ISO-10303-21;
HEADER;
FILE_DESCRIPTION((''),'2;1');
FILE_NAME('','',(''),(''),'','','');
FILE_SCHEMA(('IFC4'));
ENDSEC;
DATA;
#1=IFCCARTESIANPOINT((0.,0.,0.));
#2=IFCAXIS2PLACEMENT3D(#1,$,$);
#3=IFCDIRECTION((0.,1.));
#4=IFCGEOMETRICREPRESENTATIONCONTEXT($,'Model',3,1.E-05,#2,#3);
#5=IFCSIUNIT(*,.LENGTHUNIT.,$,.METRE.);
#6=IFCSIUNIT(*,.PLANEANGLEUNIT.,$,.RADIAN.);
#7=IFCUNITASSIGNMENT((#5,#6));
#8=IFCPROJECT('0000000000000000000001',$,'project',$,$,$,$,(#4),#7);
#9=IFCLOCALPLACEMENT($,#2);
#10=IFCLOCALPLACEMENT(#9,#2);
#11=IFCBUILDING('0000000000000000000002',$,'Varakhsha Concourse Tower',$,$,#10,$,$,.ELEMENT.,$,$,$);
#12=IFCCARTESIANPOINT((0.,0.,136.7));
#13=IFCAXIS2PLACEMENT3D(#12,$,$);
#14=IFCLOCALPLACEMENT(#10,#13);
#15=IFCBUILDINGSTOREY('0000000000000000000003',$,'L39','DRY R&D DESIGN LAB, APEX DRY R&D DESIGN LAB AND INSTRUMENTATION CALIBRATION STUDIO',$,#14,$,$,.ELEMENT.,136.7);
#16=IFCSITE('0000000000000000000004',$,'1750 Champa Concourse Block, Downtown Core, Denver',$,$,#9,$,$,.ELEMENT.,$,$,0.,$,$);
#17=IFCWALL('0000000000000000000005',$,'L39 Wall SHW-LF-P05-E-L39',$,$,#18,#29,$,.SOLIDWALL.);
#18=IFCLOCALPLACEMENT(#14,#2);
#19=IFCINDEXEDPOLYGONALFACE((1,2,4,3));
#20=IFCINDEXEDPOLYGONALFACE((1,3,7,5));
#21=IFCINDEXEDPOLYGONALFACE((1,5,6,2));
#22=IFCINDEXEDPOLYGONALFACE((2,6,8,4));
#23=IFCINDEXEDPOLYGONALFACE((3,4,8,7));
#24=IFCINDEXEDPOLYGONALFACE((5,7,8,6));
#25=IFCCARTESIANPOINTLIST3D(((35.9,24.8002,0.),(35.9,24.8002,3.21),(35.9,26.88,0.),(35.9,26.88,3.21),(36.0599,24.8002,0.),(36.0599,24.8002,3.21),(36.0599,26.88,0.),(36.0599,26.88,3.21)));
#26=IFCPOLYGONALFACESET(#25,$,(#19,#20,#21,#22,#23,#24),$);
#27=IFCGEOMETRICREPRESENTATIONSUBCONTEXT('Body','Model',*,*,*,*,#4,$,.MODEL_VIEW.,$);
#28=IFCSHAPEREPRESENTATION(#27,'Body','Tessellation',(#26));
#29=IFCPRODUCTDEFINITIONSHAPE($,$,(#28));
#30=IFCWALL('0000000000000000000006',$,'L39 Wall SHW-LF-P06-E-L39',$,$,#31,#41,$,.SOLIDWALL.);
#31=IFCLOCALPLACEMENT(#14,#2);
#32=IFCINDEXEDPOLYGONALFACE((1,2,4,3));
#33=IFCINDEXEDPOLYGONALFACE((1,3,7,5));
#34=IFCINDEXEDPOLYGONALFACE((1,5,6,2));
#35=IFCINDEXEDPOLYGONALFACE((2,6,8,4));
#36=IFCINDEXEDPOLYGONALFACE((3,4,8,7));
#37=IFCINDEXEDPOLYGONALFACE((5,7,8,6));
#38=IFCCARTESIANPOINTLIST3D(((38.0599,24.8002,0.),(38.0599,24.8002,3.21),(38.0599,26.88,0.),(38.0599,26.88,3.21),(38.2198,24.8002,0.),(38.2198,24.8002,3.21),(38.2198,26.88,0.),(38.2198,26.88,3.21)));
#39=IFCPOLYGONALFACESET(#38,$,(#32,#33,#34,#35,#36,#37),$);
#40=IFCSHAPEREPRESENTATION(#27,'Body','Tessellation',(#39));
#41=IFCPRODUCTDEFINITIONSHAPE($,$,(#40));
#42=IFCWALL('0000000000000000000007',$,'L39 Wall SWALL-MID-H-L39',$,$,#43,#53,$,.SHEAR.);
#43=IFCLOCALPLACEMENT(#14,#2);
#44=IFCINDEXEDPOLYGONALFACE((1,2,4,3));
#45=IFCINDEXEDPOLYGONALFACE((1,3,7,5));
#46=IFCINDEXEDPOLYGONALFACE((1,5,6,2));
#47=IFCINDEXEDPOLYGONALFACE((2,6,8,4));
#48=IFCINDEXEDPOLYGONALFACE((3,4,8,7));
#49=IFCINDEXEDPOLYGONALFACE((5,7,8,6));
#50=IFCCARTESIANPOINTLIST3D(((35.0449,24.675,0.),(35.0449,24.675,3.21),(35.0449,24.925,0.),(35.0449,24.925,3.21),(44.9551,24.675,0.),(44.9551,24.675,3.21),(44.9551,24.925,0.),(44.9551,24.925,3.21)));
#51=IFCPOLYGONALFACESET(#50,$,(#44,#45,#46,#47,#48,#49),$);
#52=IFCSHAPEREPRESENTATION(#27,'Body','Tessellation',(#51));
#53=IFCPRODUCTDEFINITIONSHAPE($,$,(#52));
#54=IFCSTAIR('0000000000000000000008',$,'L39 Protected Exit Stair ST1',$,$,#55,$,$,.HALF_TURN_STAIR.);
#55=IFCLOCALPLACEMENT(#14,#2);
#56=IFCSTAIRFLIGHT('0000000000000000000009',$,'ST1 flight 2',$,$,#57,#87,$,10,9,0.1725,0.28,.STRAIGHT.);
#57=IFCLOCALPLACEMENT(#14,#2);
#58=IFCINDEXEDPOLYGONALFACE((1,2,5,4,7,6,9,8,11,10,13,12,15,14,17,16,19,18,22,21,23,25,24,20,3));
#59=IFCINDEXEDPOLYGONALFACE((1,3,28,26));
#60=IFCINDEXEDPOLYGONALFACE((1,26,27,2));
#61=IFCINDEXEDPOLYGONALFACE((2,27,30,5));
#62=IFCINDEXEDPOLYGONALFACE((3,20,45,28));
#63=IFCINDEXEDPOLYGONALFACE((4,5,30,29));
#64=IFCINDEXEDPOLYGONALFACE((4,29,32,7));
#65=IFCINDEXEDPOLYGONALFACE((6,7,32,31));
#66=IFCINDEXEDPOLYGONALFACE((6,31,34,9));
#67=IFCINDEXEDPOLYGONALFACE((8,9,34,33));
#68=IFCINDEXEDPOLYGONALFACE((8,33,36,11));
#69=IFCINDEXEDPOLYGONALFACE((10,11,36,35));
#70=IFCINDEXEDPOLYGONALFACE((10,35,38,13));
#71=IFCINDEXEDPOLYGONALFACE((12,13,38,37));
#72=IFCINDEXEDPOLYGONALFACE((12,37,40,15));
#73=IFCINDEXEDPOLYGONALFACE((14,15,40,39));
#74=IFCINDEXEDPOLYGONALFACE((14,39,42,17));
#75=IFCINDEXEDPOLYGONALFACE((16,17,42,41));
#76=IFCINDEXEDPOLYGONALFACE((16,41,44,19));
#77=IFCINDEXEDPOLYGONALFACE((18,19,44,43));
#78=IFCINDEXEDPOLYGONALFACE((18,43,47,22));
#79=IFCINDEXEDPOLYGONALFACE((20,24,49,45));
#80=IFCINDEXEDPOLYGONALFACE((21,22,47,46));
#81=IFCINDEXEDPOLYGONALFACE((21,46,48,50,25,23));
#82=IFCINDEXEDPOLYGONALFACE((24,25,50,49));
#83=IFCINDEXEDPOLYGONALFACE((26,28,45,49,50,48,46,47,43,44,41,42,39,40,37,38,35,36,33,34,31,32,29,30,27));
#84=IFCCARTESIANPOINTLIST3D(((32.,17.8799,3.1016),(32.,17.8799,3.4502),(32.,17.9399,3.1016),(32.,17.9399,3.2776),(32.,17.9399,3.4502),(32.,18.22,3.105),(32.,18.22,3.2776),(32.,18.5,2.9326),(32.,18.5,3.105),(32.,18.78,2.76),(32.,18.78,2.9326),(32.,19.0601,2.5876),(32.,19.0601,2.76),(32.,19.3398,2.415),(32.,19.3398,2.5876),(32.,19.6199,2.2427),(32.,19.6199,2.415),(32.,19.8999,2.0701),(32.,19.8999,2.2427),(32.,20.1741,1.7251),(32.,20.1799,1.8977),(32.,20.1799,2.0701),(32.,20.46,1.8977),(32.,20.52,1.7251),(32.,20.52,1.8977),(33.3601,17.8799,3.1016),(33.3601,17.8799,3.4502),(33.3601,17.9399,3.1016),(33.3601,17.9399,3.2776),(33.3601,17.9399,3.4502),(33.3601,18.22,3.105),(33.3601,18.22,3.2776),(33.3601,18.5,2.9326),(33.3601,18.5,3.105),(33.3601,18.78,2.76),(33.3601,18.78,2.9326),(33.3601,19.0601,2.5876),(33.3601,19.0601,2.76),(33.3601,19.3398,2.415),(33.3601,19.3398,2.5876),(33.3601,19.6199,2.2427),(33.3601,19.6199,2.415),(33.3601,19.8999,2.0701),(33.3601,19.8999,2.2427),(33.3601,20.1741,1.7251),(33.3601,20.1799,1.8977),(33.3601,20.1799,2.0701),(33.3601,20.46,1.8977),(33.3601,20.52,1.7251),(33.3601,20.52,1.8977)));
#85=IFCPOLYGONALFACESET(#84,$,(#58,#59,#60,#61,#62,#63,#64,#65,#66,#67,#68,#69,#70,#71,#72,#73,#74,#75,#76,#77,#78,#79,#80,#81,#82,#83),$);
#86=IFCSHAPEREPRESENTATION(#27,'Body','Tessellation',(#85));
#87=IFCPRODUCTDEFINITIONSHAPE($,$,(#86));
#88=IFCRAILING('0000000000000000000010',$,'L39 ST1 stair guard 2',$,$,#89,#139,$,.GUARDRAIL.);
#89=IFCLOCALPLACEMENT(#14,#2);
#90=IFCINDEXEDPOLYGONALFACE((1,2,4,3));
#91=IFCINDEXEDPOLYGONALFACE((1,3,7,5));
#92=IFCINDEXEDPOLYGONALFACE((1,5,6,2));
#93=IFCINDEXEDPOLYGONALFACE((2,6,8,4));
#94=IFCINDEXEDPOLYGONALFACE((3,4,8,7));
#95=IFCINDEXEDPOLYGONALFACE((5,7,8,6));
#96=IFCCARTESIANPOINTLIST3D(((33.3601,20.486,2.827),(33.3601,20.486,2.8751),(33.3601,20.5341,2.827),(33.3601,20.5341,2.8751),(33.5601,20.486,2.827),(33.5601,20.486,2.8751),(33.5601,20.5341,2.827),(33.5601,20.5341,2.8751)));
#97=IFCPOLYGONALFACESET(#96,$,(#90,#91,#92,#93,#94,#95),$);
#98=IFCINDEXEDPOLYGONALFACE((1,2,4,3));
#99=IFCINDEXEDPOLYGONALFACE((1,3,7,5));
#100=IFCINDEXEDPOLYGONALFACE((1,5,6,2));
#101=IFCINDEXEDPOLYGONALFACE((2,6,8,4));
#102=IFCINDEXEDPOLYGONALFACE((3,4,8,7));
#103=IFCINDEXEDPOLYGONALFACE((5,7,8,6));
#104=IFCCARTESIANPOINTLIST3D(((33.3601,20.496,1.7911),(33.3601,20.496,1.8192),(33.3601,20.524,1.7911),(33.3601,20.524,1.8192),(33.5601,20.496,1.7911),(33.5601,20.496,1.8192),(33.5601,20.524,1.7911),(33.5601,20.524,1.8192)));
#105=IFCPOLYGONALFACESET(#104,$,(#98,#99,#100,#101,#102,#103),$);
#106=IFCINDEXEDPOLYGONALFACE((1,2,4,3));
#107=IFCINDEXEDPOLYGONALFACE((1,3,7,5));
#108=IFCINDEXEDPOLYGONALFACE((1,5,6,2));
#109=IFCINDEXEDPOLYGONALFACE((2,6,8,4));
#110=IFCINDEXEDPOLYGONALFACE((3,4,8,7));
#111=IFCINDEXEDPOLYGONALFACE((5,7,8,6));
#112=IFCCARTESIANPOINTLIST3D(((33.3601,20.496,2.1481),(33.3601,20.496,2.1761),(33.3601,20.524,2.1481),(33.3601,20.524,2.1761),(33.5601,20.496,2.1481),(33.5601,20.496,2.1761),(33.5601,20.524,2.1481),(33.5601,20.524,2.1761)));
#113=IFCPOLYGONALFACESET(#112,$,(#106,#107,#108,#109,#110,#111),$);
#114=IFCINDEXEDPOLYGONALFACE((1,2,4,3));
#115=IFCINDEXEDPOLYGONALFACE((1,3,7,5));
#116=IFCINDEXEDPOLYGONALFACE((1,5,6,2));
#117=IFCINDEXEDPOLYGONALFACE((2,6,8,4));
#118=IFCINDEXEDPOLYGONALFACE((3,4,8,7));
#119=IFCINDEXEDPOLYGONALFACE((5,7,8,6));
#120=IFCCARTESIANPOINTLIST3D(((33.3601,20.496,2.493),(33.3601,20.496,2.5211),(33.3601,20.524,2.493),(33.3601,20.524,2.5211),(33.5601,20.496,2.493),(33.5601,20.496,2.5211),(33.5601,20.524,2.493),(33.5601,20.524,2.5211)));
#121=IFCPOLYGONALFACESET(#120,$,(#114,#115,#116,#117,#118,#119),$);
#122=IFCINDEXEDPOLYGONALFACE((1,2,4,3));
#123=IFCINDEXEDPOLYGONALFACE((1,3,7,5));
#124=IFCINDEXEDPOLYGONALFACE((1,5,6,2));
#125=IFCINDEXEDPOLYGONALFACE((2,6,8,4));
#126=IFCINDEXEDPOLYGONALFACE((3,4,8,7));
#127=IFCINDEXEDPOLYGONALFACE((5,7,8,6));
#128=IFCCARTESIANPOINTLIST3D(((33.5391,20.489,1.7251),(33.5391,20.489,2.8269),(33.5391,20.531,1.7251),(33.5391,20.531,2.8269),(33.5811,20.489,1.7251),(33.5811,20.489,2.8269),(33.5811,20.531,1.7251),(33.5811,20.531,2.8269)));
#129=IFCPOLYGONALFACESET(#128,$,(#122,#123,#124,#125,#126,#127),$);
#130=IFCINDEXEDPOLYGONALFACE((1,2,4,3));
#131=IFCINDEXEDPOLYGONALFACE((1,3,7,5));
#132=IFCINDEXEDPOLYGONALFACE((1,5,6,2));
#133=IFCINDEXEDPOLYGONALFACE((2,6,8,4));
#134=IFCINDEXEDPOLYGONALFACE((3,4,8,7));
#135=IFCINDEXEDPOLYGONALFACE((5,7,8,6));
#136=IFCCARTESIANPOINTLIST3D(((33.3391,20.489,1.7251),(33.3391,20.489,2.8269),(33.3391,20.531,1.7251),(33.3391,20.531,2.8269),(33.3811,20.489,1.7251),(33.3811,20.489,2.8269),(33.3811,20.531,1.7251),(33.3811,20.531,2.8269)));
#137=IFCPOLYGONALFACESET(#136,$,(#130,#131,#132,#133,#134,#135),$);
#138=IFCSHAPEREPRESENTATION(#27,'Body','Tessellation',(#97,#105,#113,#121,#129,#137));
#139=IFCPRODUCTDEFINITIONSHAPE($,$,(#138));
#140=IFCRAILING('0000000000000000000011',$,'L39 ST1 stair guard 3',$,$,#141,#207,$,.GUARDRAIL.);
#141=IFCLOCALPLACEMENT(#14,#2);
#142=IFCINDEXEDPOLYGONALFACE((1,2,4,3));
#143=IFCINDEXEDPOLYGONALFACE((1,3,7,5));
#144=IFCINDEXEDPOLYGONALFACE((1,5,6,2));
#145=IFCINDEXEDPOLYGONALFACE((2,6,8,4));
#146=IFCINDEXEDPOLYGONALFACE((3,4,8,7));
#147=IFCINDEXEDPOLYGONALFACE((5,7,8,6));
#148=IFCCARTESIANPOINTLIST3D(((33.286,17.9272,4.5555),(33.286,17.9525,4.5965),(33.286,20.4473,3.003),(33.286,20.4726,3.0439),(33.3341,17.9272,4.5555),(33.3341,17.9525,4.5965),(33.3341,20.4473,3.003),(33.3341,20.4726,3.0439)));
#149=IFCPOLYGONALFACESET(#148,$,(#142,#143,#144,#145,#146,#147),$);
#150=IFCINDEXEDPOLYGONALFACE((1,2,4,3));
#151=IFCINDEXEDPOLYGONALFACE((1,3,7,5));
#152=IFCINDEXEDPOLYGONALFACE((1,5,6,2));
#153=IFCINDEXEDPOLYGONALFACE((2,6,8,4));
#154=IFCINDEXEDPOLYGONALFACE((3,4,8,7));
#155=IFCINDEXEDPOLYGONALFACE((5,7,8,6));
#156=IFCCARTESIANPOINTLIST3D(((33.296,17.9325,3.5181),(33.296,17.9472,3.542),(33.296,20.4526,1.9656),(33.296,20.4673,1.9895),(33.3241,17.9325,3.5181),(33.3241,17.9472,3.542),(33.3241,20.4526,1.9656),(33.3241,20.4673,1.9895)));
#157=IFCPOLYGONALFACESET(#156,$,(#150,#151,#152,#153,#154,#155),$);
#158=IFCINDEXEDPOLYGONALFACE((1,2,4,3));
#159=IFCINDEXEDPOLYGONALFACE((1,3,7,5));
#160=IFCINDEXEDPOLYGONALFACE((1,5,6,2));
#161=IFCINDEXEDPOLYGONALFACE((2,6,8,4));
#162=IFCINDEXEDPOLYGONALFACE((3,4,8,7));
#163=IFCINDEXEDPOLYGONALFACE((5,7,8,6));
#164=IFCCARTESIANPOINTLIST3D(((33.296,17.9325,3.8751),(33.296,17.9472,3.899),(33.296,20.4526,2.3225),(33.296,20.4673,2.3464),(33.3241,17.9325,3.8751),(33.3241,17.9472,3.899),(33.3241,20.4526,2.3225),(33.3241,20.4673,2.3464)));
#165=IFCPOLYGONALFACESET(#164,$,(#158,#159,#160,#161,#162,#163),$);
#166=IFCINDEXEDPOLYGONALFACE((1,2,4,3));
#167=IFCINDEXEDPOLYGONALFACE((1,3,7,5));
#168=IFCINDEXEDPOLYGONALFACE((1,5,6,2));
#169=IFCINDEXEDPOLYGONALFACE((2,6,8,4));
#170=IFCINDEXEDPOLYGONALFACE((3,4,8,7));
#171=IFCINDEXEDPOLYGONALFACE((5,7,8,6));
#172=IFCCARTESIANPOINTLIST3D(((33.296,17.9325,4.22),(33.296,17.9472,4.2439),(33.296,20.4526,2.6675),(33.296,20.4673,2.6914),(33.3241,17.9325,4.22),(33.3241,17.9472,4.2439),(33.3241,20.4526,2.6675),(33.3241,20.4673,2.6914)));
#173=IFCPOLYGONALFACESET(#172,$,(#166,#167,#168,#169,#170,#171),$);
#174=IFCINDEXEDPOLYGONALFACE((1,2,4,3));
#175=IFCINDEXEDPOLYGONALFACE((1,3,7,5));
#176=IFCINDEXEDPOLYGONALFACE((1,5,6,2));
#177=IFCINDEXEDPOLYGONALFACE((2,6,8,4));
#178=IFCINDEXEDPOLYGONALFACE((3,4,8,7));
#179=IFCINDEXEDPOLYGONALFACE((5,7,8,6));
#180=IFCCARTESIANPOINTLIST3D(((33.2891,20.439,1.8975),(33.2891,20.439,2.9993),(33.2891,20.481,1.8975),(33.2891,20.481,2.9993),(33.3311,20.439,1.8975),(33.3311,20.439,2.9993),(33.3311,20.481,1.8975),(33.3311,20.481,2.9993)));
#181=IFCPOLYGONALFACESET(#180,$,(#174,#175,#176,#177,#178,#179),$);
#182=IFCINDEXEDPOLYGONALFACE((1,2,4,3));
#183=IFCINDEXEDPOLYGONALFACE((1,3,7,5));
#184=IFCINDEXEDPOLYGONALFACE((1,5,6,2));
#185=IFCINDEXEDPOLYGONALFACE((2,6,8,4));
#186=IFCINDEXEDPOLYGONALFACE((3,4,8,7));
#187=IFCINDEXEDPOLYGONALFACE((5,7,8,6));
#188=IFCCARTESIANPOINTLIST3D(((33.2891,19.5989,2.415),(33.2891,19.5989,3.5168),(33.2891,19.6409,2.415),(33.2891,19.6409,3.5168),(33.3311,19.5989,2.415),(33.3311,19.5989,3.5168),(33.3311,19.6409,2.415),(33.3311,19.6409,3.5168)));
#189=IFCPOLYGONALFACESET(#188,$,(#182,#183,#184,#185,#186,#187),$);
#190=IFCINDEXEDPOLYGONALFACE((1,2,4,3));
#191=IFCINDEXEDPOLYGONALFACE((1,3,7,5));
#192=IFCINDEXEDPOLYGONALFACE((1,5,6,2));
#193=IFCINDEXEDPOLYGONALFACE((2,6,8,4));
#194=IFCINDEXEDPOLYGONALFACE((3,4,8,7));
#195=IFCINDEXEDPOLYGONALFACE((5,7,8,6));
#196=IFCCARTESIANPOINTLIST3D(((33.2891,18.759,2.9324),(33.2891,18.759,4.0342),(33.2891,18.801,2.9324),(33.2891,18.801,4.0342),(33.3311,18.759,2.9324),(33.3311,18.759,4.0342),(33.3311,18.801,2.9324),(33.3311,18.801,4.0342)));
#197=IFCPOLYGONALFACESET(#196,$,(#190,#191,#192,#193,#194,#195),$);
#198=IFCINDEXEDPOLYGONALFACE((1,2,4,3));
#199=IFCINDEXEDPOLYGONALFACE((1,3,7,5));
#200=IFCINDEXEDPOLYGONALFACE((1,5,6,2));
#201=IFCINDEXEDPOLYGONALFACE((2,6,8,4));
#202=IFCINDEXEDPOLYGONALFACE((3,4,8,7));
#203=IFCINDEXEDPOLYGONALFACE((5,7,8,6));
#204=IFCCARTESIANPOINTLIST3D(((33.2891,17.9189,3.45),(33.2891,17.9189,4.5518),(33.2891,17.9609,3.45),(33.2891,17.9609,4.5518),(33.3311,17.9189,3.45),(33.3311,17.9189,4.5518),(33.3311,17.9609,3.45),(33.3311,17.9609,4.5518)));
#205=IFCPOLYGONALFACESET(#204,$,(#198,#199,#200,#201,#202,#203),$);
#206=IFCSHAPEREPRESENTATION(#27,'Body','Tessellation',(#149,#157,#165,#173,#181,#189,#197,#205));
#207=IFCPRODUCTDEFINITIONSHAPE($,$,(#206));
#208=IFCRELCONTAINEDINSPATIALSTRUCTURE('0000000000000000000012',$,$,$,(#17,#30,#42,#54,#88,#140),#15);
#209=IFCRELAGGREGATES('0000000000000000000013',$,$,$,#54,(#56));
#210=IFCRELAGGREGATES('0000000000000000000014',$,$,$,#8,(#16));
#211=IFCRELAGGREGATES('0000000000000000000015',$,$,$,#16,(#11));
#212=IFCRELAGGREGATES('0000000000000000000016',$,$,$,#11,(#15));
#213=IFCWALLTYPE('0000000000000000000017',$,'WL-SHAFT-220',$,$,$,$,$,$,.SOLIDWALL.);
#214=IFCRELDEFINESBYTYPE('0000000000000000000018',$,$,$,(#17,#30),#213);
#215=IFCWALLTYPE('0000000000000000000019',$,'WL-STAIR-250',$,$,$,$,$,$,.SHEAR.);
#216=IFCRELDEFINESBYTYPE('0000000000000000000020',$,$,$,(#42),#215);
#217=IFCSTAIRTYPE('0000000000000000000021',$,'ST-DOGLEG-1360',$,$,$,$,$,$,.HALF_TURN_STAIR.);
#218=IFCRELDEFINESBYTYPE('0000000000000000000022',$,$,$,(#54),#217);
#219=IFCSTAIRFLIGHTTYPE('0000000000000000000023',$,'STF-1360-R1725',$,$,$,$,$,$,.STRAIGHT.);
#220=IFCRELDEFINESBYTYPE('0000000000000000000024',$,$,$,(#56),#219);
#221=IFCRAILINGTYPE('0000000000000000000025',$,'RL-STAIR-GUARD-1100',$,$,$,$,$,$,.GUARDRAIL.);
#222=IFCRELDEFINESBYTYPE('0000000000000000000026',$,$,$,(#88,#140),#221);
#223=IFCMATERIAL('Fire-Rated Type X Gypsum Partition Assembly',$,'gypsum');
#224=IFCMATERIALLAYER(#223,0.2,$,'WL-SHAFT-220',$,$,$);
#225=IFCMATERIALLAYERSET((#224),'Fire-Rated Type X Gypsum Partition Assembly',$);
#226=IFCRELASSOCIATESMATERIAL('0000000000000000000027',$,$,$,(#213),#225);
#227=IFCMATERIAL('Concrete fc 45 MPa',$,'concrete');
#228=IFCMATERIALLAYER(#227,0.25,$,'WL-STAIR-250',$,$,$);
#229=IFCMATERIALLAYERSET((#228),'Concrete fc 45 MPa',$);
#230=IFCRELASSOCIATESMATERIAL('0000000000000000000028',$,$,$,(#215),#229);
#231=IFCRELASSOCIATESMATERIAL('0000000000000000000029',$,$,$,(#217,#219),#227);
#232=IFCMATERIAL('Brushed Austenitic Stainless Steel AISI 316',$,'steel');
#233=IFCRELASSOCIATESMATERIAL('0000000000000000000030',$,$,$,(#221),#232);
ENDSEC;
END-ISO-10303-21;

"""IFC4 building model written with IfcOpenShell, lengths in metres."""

from ifc_helpers import new_model, si_unit, direction, frame, frame_2d, origin, origin_2d, place, context, subcontext, project, spatial, polyline, rectangle, outline, extrude, material, layer, layer_set, type_object, element, aggregate, save


model = new_model("IFC4")

# Units and contexts
model_context = context("Model", 3, precision=1e-05, world=origin(), true_north=direction((0.0, 1.0)))
body_context = subcontext(model_context, "Body", "Model", "MODEL_VIEW")
ifc_project = project(units=[si_unit("LENGTHUNIT", "METRE"), si_unit("PLANEANGLEUNIT", "RADIAN")], contexts=[model_context])

# Site, building, storey
site_placement = place(None, origin())
site = spatial("IfcSite", under=ifc_project, at=site_placement, Name="1750 Champa Concourse Block, Downtown Core, Denver", CompositionType="ELEMENT", RefElevation=0.0)
building_placement = place(site_placement, origin())
building = spatial("IfcBuilding", under=site, at=building_placement, Name="Varakhsha Concourse Tower", CompositionType="ELEMENT")
storey_placement = place(building_placement, frame((0.0, 0.0, 136.7)))
storey = spatial("IfcBuildingStorey", under=building, at=storey_placement, Name="L39", Description="DRY R&D DESIGN LAB, APEX DRY R&D DESIGN LAB AND INSTRUMENTATION CALIBRATION STUDIO", CompositionType="ELEMENT", Elevation=136.7)

# Shared definitions
ifc_material_1 = material(Name="Fire-Rated Type X Gypsum Partition Assembly", Category="gypsum")
ifc_layer_1 = layer(ifc_material_1, 0.2, Name="WL-SHAFT-220")
ifc_layer_set_1 = layer_set([ifc_layer_1], Name="Fire-Rated Type X Gypsum Partition Assembly")
wall_type_1 = type_object("IfcWallType", Name="WL-SHAFT-220", PredefinedType="SOLIDWALL", material=ifc_layer_set_1)
ifc_material_2 = material(Name="Brushed Austenitic Stainless Steel AISI 316", Category="steel")

# Walls
for number, where, z_axis, x_axis, name in (
    (1, (35.98, 24.8, 0.0), (0.0, 0.0, 1.0), (0.0, 1.0, 0.0), "L39 Wall SHW-LF-P05-E-L39"),
    (2, (38.1399, 24.8, 0.0), (0.0, 0.0, 1.0), (0.0, 1.0, 0.0), "L39 Wall SHW-LF-P06-E-L39"),
):
    element("IfcWall", number, at=place(storey_placement, frame(where, z_axis=z_axis, x_axis=x_axis)), inside=storey, type_object=wall_type_1, Name=name, PredefinedType="SOLIDWALL", context=body_context, shape_type="SweptSolid", body=[
        extrude(rectangle(XDim=2.0798, YDim=0.1599, at=frame_2d((1.04, 0.0))), origin(), (0.0, 0.0, 1.0), 3.21),
    ])
ifc_material_3 = material(Name="Concrete fc 45 MPa", Category="concrete")
ifc_layer_2 = layer(ifc_material_3, 0.25, Name="WL-STAIR-250")
ifc_layer_set_2 = layer_set([ifc_layer_2], Name="Concrete fc 45 MPa")
wall_type_2 = type_object("IfcWallType", Name="WL-STAIR-250", PredefinedType="SHEAR", material=ifc_layer_set_2)
wall_1_placement = place(storey_placement, frame((35.0449, 24.8, 0.0), z_axis=(0.0, 0.0, 1.0), x_axis=(1.0, 0.0, 0.0)))
element("IfcWall", 3, at=wall_1_placement, inside=storey, type_object=wall_type_2, Name="L39 Wall SWALL-MID-H-L39", PredefinedType="SHEAR", context=body_context, shape_type="SweptSolid", body=[
    extrude(rectangle(XDim=9.9102, YDim=0.25, at=frame_2d((4.9551, 0.0))), origin(), (0.0, 0.0, 1.0), 3.21),
])

# Stair, stair flight
stair_type = type_object("IfcStairType", Name="ST-DOGLEG-1360", PredefinedType="HALF_TURN_STAIR", material=ifc_material_3)
stair_placement = place(storey_placement, origin())
stair = element("IfcStair", 4, at=stair_placement, inside=storey, type_object=stair_type, Name="L39 Protected Exit Stair ST1", PredefinedType="HALF_TURN_STAIR")
stair_flight_type = type_object("IfcStairFlightType", Name="STF-1360-R1725", PredefinedType="STRAIGHT", material=ifc_material_3)
stair_flight_placement = place(storey_placement, frame((32.6799, 20.46, 1.7251), z_axis=(0.0, 0.0, 1.0), x_axis=(0.0, -1.0, 0.0)))
stair_flight = element("IfcStairFlight", 5, at=stair_flight_placement, type_object=stair_flight_type, Name="ST1 flight 2", NumberOfRisers=10, NumberOfTreads=9, PredefinedType="STRAIGHT", RiserHeight=0.1725, TreadLength=0.28, context=body_context, shape_type="SweptSolid", body=[
    extrude(outline(polyline([(-0.0601, 0.0), (-0.0601, 0.1726), (0.0, 0.1726), (0.28, 0.1726), (0.28, 0.345), (0.5601, 0.345), (0.5601, 0.5176), (0.8401, 0.5176), (0.8401, 0.6899), (1.1201, 0.6899), (1.1201, 0.8625), (1.3999, 0.8625), (1.3999, 1.0349), (1.6799, 1.0349), (1.6799, 1.2075), (1.96, 1.2075), (1.96, 1.3799), (2.24, 1.3799), (2.24, 1.5525), (2.52, 1.5525), (2.52, 1.7251), (2.5801, 1.7251), (2.5801, 1.3765), (2.52, 1.3765), (0.2859, 0.0), (-0.0601, 0.0)])), frame((0.0, 0.6802, 0.0), z_axis=(0.0, -1.0, 0.0), x_axis=(1.0, 0.0, 0.0)), (0.0, 0.0, 1.0), 1.3601),
])
aggregate(stair, [stair_flight])

# Railings
railing_type = type_object("IfcRailingType", Name="RL-STAIR-GUARD-1100", PredefinedType="GUARDRAIL", material=ifc_material_2)
railing_1_placement = place(storey_placement, frame((33.5601, 20.51, 1.7251)))
element("IfcRailing", 6, at=railing_1_placement, inside=storey, type_object=railing_type, Name="L39 ST1 stair guard 2", PredefinedType="GUARDRAIL", context=body_context, shape_type="SweptSolid", body=[
    extrude(rectangle(XDim=0.0481, YDim=0.0481, at=origin_2d()), frame((0.0, 0.0, 1.126), z_axis=(-1.0, 0.0, 0.0), x_axis=(0.0, -1.0, 0.0)), (0.0, 0.0, 1.0), 0.2),
    extrude(rectangle(XDim=0.0281, YDim=0.0281, at=origin_2d()), frame((0.0, 0.0, 0.0801), z_axis=(-1.0, 0.0, 0.0), x_axis=(0.0, -1.0, 0.0)), (0.0, 0.0, 1.0), 0.2),
    extrude(rectangle(XDim=0.0281, YDim=0.0281, at=origin_2d()), frame((0.0, 0.0, 0.437), z_axis=(-1.0, 0.0, 0.0), x_axis=(0.0, -1.0, 0.0)), (0.0, 0.0, 1.0), 0.2),
    extrude(rectangle(XDim=0.0281, YDim=0.0281, at=origin_2d()), frame((0.0, 0.0, 0.782), z_axis=(-1.0, 0.0, 0.0), x_axis=(0.0, -1.0, 0.0)), (0.0, 0.0, 1.0), 0.2),
    extrude(rectangle(XDim=0.042, YDim=0.042, at=origin_2d()), origin(), (0.0, 0.0, 1.0), 1.1018),
    extrude(rectangle(XDim=0.042, YDim=0.042, at=origin_2d()), frame((-0.2, 0.0, 0.0)), (0.0, 0.0, 1.0), 1.1018),
])
railing_2_placement = place(storey_placement, frame((33.3101, 20.46, 1.8975)))
element("IfcRailing", 7, at=railing_2_placement, inside=storey, type_object=railing_type, Name="L39 ST1 stair guard 3", PredefinedType="GUARDRAIL", context=body_context, shape_type="SweptSolid", body=[
    extrude(rectangle(XDim=0.0481, YDim=0.0481, at=origin_2d()), frame((0.0, 0.0, 1.126), z_axis=(0.0, -0.8514, 0.524516), x_axis=(1.0, 0.0, 0.0)), (0.0, 0.0, 1.0), 2.96),
    extrude(rectangle(XDim=0.0281, YDim=0.0281, at=origin_2d()), frame((0.0, 0.0, 0.0801), z_axis=(0.0, -0.8514, 0.524516), x_axis=(1.0, 0.0, 0.0)), (0.0, 0.0, 1.0), 2.96),
    extrude(rectangle(XDim=0.0281, YDim=0.0281, at=origin_2d()), frame((0.0, 0.0, 0.437), z_axis=(0.0, -0.8514, 0.524516), x_axis=(1.0, 0.0, 0.0)), (0.0, 0.0, 1.0), 2.96),
    extrude(rectangle(XDim=0.0281, YDim=0.0281, at=origin_2d()), frame((0.0, 0.0, 0.782), z_axis=(0.0, -0.8514, 0.524516), x_axis=(1.0, 0.0, 0.0)), (0.0, 0.0, 1.0), 2.96),
    extrude(rectangle(XDim=0.042, YDim=0.042, at=origin_2d()), origin(), (0.0, 0.0, 1.0), 1.1018),
    extrude(rectangle(XDim=0.042, YDim=0.042, at=origin_2d()), frame((0.0, -0.8401, 0.5176)), (0.0, 0.0, 1.0), 1.1018),
    extrude(rectangle(XDim=0.042, YDim=0.042, at=origin_2d()), frame((0.0, -1.6799, 1.0349)), (0.0, 0.0, 1.0), 1.1018),
    extrude(rectangle(XDim=0.042, YDim=0.042, at=origin_2d()), frame((0.0, -2.52, 1.5525)), (0.0, 0.0, 1.0), 1.1018),
])

save(model, "model.ifc")
